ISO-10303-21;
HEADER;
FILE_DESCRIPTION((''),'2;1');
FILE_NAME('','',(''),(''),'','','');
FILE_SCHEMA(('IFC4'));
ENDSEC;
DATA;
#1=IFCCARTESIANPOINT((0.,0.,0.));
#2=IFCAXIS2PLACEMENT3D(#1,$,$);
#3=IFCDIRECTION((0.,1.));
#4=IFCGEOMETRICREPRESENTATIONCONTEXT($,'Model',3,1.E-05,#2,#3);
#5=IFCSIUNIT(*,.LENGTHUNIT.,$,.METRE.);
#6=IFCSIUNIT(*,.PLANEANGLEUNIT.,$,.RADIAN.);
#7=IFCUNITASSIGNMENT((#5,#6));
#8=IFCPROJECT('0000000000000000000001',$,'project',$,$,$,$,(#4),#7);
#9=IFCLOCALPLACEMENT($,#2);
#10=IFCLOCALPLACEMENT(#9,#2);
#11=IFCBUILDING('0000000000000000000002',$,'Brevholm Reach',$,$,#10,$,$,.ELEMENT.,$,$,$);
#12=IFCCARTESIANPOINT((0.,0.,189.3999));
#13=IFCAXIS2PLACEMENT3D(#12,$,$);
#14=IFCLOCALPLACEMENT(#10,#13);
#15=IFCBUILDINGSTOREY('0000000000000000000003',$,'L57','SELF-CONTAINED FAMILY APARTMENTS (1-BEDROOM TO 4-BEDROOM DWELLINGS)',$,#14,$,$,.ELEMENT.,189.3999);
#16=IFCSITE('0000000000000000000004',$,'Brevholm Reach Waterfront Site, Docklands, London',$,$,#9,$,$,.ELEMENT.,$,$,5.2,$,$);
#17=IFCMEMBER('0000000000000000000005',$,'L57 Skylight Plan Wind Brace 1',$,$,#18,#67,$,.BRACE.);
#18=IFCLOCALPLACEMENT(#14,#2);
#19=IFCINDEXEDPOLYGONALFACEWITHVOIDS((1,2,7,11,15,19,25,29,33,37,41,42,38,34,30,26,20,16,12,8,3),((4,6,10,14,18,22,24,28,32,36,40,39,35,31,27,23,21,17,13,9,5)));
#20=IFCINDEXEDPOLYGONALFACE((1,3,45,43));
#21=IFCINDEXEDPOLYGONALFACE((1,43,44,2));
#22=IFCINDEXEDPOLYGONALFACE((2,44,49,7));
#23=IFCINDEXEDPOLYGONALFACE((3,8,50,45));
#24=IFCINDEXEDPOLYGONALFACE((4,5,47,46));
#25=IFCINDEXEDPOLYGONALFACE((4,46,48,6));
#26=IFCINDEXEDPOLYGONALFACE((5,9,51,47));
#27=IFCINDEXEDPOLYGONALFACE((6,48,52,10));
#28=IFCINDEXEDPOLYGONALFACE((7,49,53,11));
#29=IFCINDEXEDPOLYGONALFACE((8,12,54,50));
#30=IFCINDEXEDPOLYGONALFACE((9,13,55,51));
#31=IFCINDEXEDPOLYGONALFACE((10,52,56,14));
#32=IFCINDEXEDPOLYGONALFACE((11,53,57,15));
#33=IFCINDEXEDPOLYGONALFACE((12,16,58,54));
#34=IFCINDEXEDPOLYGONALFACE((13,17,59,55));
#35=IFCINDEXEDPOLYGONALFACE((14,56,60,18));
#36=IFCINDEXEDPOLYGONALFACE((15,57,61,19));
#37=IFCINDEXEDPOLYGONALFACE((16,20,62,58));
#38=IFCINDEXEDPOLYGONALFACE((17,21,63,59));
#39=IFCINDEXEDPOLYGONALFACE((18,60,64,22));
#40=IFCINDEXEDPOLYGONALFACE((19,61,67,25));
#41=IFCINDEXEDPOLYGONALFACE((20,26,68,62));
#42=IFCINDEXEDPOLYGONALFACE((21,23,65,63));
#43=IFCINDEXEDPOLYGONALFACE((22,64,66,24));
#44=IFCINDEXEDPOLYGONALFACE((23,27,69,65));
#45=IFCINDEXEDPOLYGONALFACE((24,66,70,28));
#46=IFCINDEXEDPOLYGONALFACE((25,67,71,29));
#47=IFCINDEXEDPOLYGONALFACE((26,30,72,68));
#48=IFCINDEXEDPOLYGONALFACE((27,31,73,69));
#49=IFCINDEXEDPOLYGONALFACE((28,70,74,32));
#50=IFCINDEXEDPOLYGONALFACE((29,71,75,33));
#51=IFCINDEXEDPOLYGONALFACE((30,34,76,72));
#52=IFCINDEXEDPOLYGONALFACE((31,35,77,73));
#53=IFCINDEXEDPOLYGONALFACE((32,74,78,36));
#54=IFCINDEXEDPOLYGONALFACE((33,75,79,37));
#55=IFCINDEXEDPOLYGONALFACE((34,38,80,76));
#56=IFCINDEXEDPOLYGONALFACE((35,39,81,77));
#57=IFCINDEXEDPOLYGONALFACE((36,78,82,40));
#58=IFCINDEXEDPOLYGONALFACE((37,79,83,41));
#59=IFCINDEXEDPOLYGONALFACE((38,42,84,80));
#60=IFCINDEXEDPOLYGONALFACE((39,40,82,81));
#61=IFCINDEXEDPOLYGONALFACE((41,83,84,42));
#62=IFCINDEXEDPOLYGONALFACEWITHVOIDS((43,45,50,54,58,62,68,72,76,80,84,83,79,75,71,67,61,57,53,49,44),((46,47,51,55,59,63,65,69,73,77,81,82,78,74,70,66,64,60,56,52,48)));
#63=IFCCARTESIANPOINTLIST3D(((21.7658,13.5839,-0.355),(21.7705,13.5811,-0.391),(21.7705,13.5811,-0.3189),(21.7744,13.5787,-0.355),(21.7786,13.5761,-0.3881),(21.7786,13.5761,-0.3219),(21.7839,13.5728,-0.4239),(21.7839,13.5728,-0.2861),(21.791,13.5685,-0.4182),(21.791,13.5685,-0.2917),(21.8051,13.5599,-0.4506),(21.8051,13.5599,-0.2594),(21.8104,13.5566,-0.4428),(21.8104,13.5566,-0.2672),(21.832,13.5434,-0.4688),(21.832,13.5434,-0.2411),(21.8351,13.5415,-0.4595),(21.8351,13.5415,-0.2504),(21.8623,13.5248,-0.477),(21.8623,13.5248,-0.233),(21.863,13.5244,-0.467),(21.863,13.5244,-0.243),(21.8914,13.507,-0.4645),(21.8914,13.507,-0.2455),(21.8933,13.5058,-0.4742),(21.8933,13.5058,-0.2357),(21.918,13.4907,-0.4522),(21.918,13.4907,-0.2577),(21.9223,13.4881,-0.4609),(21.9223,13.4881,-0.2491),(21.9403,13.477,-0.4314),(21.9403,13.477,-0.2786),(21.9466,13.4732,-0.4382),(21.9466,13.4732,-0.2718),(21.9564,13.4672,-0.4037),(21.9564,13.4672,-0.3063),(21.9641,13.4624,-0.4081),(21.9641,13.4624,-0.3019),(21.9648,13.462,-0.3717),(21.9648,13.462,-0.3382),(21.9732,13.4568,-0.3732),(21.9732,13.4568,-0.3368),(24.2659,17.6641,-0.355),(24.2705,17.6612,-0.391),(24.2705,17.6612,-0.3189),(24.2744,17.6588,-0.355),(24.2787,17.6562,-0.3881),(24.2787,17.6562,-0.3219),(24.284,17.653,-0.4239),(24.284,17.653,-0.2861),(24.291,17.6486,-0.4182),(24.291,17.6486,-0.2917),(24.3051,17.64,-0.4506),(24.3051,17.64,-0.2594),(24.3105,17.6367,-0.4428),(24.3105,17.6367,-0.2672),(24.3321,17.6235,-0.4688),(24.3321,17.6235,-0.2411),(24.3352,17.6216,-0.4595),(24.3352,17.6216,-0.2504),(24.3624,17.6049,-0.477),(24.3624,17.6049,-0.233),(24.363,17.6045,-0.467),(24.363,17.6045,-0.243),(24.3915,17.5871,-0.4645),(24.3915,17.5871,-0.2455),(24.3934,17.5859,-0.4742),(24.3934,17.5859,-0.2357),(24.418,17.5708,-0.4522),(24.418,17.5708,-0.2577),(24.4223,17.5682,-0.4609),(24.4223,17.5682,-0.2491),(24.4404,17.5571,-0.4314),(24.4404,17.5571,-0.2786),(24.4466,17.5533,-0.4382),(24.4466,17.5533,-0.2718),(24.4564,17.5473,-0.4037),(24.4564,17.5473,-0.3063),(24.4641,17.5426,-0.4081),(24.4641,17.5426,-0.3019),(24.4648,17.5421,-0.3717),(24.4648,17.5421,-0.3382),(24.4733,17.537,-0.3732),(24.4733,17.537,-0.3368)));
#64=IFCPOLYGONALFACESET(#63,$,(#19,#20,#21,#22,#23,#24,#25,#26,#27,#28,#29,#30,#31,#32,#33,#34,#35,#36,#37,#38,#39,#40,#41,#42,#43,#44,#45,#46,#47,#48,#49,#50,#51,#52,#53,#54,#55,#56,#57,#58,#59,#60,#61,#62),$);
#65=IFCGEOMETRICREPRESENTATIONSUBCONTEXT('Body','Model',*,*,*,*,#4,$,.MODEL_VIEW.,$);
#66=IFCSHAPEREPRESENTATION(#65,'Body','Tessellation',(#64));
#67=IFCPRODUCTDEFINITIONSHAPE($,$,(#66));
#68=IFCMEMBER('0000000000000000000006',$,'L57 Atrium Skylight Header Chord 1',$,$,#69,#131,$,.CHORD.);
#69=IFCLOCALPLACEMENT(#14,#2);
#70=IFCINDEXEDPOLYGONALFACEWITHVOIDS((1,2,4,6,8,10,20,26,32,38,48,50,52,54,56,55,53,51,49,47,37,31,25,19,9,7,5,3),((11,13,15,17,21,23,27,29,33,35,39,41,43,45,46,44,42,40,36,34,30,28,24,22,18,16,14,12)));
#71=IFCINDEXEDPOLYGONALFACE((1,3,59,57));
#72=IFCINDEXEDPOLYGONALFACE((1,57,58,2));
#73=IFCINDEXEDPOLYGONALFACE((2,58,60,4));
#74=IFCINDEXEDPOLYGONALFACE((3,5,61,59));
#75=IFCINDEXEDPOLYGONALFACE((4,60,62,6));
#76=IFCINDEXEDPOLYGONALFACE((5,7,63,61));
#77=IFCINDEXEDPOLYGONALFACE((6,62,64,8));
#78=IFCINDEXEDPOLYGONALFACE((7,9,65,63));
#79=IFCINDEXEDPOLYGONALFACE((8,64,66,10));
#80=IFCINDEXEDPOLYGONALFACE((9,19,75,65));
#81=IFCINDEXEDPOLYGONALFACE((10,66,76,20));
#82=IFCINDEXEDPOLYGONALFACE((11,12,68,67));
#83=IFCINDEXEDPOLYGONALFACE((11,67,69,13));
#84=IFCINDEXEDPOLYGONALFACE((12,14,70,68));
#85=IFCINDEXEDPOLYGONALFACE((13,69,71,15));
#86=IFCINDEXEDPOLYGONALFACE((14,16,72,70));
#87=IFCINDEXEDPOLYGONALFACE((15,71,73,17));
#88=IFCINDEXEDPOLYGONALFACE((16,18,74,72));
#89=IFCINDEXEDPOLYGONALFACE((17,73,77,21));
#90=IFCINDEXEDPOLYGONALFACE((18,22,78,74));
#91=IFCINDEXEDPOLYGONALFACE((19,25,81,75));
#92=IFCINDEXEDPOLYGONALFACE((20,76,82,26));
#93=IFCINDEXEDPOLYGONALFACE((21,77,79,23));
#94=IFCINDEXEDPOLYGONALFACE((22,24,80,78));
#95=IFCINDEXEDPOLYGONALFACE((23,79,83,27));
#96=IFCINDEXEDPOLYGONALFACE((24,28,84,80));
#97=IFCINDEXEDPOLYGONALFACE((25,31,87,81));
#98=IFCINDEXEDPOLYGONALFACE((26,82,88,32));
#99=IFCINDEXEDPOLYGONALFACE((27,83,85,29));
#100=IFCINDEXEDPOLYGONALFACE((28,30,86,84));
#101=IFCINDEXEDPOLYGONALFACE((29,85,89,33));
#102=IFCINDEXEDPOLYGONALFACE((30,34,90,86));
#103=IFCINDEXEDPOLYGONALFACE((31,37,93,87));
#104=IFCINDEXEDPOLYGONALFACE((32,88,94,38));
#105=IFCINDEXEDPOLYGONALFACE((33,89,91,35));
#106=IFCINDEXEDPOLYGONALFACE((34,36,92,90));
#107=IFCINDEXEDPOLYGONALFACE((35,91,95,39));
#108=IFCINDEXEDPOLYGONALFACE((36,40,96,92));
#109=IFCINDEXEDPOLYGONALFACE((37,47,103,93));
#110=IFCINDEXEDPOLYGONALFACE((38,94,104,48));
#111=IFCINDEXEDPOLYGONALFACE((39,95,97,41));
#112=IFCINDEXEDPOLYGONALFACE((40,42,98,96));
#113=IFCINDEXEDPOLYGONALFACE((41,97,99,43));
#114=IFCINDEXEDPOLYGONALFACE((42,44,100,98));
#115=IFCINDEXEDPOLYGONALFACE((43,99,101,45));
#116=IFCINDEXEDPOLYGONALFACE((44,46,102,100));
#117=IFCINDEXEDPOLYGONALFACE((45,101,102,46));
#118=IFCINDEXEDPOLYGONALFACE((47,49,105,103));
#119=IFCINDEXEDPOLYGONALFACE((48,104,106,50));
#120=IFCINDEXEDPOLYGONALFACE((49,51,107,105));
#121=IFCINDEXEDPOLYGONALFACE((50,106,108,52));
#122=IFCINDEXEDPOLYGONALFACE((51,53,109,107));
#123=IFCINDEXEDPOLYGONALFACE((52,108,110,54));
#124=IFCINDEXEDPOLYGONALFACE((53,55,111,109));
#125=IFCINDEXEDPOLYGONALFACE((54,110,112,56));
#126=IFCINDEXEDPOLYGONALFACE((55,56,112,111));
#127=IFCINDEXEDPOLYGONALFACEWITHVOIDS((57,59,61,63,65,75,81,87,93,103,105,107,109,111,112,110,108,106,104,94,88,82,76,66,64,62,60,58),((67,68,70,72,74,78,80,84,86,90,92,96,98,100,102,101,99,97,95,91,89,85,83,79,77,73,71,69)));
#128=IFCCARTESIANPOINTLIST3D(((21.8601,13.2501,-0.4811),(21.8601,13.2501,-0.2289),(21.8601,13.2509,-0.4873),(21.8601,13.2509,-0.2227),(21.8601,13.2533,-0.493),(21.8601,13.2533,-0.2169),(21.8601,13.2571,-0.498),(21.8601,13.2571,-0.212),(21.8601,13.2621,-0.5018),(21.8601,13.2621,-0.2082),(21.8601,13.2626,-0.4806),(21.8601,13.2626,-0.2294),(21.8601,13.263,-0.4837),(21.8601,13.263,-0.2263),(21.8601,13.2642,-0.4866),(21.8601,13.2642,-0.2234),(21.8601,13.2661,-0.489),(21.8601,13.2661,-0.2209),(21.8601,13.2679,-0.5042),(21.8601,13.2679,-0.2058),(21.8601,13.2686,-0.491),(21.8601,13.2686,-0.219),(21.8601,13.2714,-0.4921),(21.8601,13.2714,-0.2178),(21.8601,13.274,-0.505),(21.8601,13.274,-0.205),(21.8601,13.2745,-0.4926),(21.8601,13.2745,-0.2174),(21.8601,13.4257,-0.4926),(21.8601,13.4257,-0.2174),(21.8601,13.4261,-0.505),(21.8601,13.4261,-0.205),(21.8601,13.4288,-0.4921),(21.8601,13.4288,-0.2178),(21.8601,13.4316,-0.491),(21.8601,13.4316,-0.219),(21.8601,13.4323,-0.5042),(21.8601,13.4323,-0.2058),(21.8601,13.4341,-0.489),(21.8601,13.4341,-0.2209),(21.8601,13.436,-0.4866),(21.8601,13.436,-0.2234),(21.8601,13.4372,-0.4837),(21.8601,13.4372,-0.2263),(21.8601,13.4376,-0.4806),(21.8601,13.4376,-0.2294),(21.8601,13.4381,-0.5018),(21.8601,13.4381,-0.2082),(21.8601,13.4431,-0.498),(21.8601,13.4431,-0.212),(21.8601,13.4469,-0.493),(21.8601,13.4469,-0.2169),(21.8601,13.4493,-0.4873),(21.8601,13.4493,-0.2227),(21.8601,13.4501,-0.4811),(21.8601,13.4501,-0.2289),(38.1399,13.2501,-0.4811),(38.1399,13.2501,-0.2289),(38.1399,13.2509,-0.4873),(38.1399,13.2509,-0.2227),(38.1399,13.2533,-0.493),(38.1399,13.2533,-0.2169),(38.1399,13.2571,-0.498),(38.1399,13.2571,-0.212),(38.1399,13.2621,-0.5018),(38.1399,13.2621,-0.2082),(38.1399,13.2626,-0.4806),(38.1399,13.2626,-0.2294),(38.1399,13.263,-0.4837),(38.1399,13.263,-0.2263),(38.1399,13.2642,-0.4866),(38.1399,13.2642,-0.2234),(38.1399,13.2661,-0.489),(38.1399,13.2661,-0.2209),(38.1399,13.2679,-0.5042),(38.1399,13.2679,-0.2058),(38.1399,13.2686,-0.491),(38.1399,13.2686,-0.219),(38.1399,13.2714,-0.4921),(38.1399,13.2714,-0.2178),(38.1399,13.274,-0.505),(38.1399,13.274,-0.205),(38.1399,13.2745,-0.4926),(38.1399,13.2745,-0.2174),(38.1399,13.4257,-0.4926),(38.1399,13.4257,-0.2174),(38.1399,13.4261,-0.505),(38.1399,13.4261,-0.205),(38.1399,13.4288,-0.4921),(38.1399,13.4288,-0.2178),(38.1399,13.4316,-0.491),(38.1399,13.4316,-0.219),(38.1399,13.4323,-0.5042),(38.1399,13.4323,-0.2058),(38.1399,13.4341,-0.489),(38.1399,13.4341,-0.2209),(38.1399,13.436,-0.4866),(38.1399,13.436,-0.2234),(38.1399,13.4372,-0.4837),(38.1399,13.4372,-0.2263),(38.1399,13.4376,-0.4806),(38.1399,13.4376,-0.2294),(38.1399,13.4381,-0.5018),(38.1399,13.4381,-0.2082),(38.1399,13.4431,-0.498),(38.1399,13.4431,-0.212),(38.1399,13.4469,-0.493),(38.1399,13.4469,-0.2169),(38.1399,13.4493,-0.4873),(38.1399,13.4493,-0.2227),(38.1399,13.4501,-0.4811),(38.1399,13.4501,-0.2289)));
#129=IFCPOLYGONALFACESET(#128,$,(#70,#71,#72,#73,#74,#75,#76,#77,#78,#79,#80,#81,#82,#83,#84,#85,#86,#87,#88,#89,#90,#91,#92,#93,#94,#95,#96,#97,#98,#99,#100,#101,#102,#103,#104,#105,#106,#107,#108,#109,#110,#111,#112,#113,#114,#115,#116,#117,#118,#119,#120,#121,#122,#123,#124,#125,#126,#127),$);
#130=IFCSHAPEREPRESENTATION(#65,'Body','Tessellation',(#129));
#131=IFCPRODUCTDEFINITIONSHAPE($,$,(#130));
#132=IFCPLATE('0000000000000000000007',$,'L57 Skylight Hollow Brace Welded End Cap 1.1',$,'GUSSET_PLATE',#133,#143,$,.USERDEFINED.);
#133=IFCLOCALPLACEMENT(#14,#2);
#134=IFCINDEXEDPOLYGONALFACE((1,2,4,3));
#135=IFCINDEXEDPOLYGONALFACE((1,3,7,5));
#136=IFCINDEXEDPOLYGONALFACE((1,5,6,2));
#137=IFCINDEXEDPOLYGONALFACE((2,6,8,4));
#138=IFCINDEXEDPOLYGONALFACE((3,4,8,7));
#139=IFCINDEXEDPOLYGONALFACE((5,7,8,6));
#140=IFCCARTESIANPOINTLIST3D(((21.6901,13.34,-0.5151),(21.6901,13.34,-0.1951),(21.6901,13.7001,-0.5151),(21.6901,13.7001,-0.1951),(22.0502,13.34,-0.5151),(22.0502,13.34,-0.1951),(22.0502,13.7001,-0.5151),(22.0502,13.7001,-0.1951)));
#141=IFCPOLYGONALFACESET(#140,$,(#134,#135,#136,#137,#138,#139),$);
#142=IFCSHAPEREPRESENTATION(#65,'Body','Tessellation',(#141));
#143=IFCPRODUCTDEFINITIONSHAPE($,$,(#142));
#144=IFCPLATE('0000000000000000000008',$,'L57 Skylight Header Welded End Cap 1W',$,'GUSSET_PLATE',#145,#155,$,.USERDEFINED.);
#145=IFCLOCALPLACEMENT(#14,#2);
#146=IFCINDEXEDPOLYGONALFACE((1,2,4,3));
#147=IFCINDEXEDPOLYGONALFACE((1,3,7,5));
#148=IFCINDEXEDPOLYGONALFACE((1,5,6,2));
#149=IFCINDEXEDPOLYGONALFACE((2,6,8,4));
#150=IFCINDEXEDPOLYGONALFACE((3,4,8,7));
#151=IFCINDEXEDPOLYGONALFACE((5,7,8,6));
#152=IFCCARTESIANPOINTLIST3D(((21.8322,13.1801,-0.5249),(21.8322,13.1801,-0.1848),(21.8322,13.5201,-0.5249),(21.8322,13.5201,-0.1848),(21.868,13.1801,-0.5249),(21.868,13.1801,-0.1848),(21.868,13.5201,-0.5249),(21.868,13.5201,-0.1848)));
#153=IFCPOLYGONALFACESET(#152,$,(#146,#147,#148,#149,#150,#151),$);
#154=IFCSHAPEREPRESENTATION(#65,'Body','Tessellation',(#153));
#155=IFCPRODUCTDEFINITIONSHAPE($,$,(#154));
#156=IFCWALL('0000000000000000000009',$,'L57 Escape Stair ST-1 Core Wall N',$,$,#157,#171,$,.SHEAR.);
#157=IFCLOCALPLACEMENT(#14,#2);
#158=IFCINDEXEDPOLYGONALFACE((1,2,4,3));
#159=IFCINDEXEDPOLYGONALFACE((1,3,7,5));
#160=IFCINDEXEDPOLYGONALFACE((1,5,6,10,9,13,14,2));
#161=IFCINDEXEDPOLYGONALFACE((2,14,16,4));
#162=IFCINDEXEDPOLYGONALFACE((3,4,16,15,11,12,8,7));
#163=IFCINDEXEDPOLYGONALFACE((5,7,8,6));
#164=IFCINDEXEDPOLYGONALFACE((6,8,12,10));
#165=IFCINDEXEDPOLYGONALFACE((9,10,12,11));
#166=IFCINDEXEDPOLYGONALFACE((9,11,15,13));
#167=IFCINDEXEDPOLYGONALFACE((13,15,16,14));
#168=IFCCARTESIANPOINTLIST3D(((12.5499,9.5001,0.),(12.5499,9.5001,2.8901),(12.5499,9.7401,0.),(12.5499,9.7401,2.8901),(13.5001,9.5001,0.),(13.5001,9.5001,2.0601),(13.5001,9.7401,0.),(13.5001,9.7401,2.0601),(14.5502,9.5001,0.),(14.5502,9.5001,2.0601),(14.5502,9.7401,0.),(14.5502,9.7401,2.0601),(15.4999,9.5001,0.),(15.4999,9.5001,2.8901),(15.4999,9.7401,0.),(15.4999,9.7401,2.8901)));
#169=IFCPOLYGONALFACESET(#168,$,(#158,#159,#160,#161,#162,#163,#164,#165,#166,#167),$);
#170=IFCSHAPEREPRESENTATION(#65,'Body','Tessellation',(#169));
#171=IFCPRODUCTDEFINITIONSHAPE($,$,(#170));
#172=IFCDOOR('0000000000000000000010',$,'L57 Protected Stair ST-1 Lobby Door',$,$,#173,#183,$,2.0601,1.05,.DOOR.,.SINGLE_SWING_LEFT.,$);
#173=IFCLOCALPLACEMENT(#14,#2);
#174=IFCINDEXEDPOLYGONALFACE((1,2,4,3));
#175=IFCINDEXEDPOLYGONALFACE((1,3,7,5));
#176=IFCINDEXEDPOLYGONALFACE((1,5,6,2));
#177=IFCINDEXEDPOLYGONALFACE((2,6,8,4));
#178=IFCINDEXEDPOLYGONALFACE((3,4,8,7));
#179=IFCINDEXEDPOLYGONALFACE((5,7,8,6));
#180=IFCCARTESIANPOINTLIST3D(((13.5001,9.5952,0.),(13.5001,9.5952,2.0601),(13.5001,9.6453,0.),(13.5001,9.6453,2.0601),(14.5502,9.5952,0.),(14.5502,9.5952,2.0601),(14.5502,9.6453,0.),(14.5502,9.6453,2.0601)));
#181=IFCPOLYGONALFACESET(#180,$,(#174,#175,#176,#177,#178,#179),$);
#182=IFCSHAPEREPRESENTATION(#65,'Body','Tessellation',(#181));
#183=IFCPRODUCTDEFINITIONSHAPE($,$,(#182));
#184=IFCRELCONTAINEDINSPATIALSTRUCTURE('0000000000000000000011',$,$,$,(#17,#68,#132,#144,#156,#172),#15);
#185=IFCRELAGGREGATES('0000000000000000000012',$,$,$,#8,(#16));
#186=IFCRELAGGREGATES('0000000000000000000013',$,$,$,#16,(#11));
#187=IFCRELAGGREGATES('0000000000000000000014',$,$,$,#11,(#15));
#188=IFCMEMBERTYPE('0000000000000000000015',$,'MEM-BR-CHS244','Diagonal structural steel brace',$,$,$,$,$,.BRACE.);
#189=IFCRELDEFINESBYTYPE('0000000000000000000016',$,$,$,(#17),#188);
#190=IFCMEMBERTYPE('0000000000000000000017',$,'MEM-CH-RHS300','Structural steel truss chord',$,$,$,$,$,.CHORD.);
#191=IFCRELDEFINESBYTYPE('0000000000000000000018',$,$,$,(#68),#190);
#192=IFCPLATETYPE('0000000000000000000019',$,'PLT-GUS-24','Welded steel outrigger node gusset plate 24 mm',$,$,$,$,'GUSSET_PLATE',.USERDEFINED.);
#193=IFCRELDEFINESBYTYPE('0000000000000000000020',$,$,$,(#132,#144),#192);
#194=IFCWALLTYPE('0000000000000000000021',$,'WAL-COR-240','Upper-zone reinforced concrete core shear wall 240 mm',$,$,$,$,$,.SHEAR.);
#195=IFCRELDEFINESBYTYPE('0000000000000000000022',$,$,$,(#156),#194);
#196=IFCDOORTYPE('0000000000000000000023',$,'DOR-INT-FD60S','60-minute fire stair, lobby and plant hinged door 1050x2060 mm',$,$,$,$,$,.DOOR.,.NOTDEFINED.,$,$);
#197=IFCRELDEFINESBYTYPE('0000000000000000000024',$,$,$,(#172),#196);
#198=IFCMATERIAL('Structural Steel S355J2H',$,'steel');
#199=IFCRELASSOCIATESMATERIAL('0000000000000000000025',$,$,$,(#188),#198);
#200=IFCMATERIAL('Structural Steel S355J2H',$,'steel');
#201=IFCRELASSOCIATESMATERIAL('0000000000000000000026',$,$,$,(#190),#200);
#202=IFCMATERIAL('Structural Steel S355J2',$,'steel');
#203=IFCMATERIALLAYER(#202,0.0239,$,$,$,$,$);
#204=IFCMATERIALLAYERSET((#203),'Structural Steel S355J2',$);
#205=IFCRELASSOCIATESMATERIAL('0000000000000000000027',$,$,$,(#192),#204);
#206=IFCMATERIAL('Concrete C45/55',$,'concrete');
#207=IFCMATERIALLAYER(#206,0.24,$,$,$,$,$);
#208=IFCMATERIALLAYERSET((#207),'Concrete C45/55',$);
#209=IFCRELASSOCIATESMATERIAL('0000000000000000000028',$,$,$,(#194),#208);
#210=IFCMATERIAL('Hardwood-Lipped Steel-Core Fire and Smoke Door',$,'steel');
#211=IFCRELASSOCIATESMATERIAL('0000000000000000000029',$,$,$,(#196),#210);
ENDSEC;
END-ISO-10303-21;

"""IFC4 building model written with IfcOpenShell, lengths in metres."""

from ifc_helpers import new_model, si_unit, direction, frame, frame_2d, origin, origin_2d, place, context, subcontext, project, spatial, rectangle, hollow_rectangle, hollow_circle, extrude, material, layer, layer_set, material_profile, profile_set, type_object, element, fill, save


model = new_model("IFC4")

# Units and contexts
model_context = context("Model", 3, precision=1e-05, world=origin(), true_north=direction((0.0, 1.0)))
body_context = subcontext(model_context, "Body", "Model", "MODEL_VIEW")
ifc_project = project(units=[si_unit("LENGTHUNIT", "METRE"), si_unit("PLANEANGLEUNIT", "RADIAN")], contexts=[model_context])

# Site, building, storey
site_placement = place(None, origin())
site = spatial("IfcSite", under=ifc_project, at=site_placement, Name="Brevholm Reach Waterfront Site, Docklands, London", CompositionType="ELEMENT", RefElevation=5.2)
building_placement = place(site_placement, origin())
building = spatial("IfcBuilding", under=site, at=building_placement, Name="Brevholm Reach", CompositionType="ELEMENT")
storey_placement = place(building_placement, frame((0.0, 0.0, 189.3999)))
storey = spatial("IfcBuildingStorey", under=building, at=storey_placement, Name="L57", Description="SELF-CONTAINED FAMILY APARTMENTS (1-BEDROOM TO 4-BEDROOM DWELLINGS)", CompositionType="ELEMENT", Elevation=189.3999)

# Members
ifc_material_1 = material(Name="Structural Steel S355J2H", Category="steel")
ifc_material_profile_1 = material_profile(ifc_material_1, hollow_circle(Radius=0.1223, WallThickness=0.01, at=origin_2d()), Name="CHS 244.5x10")
ifc_profile_set_1 = profile_set([ifc_material_profile_1], Name="Structural Steel S355J2H")
member_type_1 = type_object("IfcMemberType", Name="MEM-BR-CHS244", Description="Diagonal structural steel brace", PredefinedType="BRACE", material=ifc_profile_set_1)
member_1_placement = place(storey_placement, frame((21.8701, 13.52, -0.355), z_axis=(0.522457, 0.852666, 0.0), x_axis=(-0.852666, 0.522457, 0.0)))
element("IfcMember", 1, at=member_1_placement, inside=storey, type_object=member_type_1, Name="L57 Skylight Plan Wind Brace 1", PredefinedType="BRACE", context=body_context, shape_type="SweptSolid", body=[
    extrude(hollow_circle(Radius=0.1223, WallThickness=0.01, at=origin_2d()), origin(), (0.0, 0.0, 1.0), 4.7852),
])
ifc_material_2 = material(Name="Structural Steel S355J2H", Category="steel")
ifc_material_profile_2 = material_profile(ifc_material_2, hollow_rectangle(XDim=0.2, YDim=0.3, WallThickness=0.0125, InnerFilletRadius=0.012, OuterFilletRadius=0.0239, at=origin_2d()), Name="RHS 300x200x12.5")
ifc_profile_set_2 = profile_set([ifc_material_profile_2], Name="Structural Steel S355J2H")
member_type_2 = type_object("IfcMemberType", Name="MEM-CH-RHS300", Description="Structural steel truss chord", PredefinedType="CHORD", material=ifc_profile_set_2)
member_2_placement = place(storey_placement, frame((21.8601, 13.3501, -0.355), z_axis=(1.0, 0.0, 0.0), x_axis=(0.0, 1.0, 0.0)))
element("IfcMember", 2, at=member_2_placement, inside=storey, type_object=member_type_2, Name="L57 Atrium Skylight Header Chord 1", PredefinedType="CHORD", context=body_context, shape_type="SweptSolid", body=[
    extrude(hollow_rectangle(XDim=0.2, YDim=0.3, WallThickness=0.0125, InnerFilletRadius=0.012, OuterFilletRadius=0.0239, at=origin_2d()), origin(), (0.0, 0.0, 1.0), 16.2798),
])

# Plates
ifc_material_3 = material(Name="Structural Steel S355J2", Category="steel")
ifc_layer_1 = layer(ifc_material_3, 0.0239)
ifc_layer_set_1 = layer_set([ifc_layer_1], Name="Structural Steel S355J2")
plate_type = type_object("IfcPlateType", Name="PLT-GUS-24", Description="Welded steel outrigger node gusset plate 24 mm", ElementType="GUSSET_PLATE", PredefinedType="USERDEFINED", material=ifc_layer_set_1)
plate_1_placement = place(storey_placement, frame((21.8701, 13.52, -0.5151), z_axis=(0.0, 0.0, 1.0), x_axis=(1.0, 0.0, 0.0)))
element("IfcPlate", 3, at=plate_1_placement, inside=storey, type_object=plate_type, Name="L57 Skylight Hollow Brace Welded End Cap 1.1", ObjectType="GUSSET_PLATE", PredefinedType="USERDEFINED", context=body_context, shape_type="SweptSolid", body=[
    extrude(rectangle(XDim=0.3601, YDim=0.3601, at=origin_2d()), origin(), (0.0, 0.0, 1.0), 0.3201),
])
plate_2_placement = place(storey_placement, frame((21.8501, 13.3501, -0.5249), z_axis=(0.0, 0.0, 1.0), x_axis=(1.0, 0.0, 0.0)))
element("IfcPlate", 4, at=plate_2_placement, inside=storey, type_object=plate_type, Name="L57 Skylight Header Welded End Cap 1W", ObjectType="GUSSET_PLATE", PredefinedType="USERDEFINED", context=body_context, shape_type="SweptSolid", body=[
    extrude(rectangle(XDim=0.0359, YDim=0.3401, at=origin_2d()), origin(), (0.0, 0.0, 1.0), 0.3401),
])

# Wall, opening, door
ifc_material_4 = material(Name="Concrete C45/55", Category="concrete")
ifc_layer_2 = layer(ifc_material_4, 0.24)
ifc_layer_set_2 = layer_set([ifc_layer_2], Name="Concrete C45/55")
wall_type_1 = type_object("IfcWallType", Name="WAL-COR-240", Description="Upper-zone reinforced concrete core shear wall 240 mm", PredefinedType="SHEAR", material=ifc_layer_set_2)
wall_1_placement = place(storey_placement, frame((15.5, 9.6201, 0.0), z_axis=(0.0, 0.0, 1.0), x_axis=(-1.0, 0.0, 0.0)))
wall_1 = element("IfcWall", 5, at=wall_1_placement, inside=storey, type_object=wall_type_1, Name="L57 Escape Stair ST-1 Core Wall N", PredefinedType="SHEAR", context=body_context, shape_type="SweptSolid", body=[
    extrude(rectangle(XDim=2.95, YDim=0.24, at=frame_2d((1.4751, 0.0))), origin(), (0.0, 0.0, 1.0), 2.8901),
])
opening_1_placement = place(wall_1_placement, frame((0.95, 0.0, 0.0)))
opening_1 = element("IfcOpeningElement", 6, at=opening_1_placement, cuts=wall_1, PredefinedType="OPENING", context=body_context, shape_type="SweptSolid", body=[
    extrude(rectangle(XDim=1.05, YDim=2.0601, at=frame_2d((0.5249, 1.03))), frame((0.0, 0.1299, 0.0), z_axis=(0.0, -1.0, 0.0), x_axis=(1.0, 0.0, 0.0)), (0.0, 0.0, 1.0), 0.26),
])
ifc_material_5 = material(Name="Hardwood-Lipped Steel-Core Fire and Smoke Door", Category="steel")
door_type_1 = type_object("IfcDoorType", Name="DOR-INT-FD60S", Description="60-minute fire stair, lobby and plant hinged door 1050x2060 mm", OperationType="NOTDEFINED", PredefinedType="DOOR", material=ifc_material_5)
door_1_placement = place(opening_1_placement, origin())
door_1 = element("IfcDoor", 7, at=door_1_placement, inside=storey, type_object=door_type_1, Name="L57 Protected Stair ST-1 Lobby Door", OperationType="SINGLE_SWING_LEFT", OverallHeight=2.0601, OverallWidth=1.05, PredefinedType="DOOR", context=body_context, shape_type="SweptSolid", body=[
    extrude(rectangle(XDim=1.05, YDim=2.0601, at=frame_2d((0.5249, 1.03))), frame((0.0, 0.0249, 0.0), z_axis=(0.0, -1.0, 0.0), x_axis=(1.0, 0.0, 0.0)), (0.0, 0.0, 1.0), 0.05),
])
fill(opening_1, door_1)

save(model, "model.ifc")
